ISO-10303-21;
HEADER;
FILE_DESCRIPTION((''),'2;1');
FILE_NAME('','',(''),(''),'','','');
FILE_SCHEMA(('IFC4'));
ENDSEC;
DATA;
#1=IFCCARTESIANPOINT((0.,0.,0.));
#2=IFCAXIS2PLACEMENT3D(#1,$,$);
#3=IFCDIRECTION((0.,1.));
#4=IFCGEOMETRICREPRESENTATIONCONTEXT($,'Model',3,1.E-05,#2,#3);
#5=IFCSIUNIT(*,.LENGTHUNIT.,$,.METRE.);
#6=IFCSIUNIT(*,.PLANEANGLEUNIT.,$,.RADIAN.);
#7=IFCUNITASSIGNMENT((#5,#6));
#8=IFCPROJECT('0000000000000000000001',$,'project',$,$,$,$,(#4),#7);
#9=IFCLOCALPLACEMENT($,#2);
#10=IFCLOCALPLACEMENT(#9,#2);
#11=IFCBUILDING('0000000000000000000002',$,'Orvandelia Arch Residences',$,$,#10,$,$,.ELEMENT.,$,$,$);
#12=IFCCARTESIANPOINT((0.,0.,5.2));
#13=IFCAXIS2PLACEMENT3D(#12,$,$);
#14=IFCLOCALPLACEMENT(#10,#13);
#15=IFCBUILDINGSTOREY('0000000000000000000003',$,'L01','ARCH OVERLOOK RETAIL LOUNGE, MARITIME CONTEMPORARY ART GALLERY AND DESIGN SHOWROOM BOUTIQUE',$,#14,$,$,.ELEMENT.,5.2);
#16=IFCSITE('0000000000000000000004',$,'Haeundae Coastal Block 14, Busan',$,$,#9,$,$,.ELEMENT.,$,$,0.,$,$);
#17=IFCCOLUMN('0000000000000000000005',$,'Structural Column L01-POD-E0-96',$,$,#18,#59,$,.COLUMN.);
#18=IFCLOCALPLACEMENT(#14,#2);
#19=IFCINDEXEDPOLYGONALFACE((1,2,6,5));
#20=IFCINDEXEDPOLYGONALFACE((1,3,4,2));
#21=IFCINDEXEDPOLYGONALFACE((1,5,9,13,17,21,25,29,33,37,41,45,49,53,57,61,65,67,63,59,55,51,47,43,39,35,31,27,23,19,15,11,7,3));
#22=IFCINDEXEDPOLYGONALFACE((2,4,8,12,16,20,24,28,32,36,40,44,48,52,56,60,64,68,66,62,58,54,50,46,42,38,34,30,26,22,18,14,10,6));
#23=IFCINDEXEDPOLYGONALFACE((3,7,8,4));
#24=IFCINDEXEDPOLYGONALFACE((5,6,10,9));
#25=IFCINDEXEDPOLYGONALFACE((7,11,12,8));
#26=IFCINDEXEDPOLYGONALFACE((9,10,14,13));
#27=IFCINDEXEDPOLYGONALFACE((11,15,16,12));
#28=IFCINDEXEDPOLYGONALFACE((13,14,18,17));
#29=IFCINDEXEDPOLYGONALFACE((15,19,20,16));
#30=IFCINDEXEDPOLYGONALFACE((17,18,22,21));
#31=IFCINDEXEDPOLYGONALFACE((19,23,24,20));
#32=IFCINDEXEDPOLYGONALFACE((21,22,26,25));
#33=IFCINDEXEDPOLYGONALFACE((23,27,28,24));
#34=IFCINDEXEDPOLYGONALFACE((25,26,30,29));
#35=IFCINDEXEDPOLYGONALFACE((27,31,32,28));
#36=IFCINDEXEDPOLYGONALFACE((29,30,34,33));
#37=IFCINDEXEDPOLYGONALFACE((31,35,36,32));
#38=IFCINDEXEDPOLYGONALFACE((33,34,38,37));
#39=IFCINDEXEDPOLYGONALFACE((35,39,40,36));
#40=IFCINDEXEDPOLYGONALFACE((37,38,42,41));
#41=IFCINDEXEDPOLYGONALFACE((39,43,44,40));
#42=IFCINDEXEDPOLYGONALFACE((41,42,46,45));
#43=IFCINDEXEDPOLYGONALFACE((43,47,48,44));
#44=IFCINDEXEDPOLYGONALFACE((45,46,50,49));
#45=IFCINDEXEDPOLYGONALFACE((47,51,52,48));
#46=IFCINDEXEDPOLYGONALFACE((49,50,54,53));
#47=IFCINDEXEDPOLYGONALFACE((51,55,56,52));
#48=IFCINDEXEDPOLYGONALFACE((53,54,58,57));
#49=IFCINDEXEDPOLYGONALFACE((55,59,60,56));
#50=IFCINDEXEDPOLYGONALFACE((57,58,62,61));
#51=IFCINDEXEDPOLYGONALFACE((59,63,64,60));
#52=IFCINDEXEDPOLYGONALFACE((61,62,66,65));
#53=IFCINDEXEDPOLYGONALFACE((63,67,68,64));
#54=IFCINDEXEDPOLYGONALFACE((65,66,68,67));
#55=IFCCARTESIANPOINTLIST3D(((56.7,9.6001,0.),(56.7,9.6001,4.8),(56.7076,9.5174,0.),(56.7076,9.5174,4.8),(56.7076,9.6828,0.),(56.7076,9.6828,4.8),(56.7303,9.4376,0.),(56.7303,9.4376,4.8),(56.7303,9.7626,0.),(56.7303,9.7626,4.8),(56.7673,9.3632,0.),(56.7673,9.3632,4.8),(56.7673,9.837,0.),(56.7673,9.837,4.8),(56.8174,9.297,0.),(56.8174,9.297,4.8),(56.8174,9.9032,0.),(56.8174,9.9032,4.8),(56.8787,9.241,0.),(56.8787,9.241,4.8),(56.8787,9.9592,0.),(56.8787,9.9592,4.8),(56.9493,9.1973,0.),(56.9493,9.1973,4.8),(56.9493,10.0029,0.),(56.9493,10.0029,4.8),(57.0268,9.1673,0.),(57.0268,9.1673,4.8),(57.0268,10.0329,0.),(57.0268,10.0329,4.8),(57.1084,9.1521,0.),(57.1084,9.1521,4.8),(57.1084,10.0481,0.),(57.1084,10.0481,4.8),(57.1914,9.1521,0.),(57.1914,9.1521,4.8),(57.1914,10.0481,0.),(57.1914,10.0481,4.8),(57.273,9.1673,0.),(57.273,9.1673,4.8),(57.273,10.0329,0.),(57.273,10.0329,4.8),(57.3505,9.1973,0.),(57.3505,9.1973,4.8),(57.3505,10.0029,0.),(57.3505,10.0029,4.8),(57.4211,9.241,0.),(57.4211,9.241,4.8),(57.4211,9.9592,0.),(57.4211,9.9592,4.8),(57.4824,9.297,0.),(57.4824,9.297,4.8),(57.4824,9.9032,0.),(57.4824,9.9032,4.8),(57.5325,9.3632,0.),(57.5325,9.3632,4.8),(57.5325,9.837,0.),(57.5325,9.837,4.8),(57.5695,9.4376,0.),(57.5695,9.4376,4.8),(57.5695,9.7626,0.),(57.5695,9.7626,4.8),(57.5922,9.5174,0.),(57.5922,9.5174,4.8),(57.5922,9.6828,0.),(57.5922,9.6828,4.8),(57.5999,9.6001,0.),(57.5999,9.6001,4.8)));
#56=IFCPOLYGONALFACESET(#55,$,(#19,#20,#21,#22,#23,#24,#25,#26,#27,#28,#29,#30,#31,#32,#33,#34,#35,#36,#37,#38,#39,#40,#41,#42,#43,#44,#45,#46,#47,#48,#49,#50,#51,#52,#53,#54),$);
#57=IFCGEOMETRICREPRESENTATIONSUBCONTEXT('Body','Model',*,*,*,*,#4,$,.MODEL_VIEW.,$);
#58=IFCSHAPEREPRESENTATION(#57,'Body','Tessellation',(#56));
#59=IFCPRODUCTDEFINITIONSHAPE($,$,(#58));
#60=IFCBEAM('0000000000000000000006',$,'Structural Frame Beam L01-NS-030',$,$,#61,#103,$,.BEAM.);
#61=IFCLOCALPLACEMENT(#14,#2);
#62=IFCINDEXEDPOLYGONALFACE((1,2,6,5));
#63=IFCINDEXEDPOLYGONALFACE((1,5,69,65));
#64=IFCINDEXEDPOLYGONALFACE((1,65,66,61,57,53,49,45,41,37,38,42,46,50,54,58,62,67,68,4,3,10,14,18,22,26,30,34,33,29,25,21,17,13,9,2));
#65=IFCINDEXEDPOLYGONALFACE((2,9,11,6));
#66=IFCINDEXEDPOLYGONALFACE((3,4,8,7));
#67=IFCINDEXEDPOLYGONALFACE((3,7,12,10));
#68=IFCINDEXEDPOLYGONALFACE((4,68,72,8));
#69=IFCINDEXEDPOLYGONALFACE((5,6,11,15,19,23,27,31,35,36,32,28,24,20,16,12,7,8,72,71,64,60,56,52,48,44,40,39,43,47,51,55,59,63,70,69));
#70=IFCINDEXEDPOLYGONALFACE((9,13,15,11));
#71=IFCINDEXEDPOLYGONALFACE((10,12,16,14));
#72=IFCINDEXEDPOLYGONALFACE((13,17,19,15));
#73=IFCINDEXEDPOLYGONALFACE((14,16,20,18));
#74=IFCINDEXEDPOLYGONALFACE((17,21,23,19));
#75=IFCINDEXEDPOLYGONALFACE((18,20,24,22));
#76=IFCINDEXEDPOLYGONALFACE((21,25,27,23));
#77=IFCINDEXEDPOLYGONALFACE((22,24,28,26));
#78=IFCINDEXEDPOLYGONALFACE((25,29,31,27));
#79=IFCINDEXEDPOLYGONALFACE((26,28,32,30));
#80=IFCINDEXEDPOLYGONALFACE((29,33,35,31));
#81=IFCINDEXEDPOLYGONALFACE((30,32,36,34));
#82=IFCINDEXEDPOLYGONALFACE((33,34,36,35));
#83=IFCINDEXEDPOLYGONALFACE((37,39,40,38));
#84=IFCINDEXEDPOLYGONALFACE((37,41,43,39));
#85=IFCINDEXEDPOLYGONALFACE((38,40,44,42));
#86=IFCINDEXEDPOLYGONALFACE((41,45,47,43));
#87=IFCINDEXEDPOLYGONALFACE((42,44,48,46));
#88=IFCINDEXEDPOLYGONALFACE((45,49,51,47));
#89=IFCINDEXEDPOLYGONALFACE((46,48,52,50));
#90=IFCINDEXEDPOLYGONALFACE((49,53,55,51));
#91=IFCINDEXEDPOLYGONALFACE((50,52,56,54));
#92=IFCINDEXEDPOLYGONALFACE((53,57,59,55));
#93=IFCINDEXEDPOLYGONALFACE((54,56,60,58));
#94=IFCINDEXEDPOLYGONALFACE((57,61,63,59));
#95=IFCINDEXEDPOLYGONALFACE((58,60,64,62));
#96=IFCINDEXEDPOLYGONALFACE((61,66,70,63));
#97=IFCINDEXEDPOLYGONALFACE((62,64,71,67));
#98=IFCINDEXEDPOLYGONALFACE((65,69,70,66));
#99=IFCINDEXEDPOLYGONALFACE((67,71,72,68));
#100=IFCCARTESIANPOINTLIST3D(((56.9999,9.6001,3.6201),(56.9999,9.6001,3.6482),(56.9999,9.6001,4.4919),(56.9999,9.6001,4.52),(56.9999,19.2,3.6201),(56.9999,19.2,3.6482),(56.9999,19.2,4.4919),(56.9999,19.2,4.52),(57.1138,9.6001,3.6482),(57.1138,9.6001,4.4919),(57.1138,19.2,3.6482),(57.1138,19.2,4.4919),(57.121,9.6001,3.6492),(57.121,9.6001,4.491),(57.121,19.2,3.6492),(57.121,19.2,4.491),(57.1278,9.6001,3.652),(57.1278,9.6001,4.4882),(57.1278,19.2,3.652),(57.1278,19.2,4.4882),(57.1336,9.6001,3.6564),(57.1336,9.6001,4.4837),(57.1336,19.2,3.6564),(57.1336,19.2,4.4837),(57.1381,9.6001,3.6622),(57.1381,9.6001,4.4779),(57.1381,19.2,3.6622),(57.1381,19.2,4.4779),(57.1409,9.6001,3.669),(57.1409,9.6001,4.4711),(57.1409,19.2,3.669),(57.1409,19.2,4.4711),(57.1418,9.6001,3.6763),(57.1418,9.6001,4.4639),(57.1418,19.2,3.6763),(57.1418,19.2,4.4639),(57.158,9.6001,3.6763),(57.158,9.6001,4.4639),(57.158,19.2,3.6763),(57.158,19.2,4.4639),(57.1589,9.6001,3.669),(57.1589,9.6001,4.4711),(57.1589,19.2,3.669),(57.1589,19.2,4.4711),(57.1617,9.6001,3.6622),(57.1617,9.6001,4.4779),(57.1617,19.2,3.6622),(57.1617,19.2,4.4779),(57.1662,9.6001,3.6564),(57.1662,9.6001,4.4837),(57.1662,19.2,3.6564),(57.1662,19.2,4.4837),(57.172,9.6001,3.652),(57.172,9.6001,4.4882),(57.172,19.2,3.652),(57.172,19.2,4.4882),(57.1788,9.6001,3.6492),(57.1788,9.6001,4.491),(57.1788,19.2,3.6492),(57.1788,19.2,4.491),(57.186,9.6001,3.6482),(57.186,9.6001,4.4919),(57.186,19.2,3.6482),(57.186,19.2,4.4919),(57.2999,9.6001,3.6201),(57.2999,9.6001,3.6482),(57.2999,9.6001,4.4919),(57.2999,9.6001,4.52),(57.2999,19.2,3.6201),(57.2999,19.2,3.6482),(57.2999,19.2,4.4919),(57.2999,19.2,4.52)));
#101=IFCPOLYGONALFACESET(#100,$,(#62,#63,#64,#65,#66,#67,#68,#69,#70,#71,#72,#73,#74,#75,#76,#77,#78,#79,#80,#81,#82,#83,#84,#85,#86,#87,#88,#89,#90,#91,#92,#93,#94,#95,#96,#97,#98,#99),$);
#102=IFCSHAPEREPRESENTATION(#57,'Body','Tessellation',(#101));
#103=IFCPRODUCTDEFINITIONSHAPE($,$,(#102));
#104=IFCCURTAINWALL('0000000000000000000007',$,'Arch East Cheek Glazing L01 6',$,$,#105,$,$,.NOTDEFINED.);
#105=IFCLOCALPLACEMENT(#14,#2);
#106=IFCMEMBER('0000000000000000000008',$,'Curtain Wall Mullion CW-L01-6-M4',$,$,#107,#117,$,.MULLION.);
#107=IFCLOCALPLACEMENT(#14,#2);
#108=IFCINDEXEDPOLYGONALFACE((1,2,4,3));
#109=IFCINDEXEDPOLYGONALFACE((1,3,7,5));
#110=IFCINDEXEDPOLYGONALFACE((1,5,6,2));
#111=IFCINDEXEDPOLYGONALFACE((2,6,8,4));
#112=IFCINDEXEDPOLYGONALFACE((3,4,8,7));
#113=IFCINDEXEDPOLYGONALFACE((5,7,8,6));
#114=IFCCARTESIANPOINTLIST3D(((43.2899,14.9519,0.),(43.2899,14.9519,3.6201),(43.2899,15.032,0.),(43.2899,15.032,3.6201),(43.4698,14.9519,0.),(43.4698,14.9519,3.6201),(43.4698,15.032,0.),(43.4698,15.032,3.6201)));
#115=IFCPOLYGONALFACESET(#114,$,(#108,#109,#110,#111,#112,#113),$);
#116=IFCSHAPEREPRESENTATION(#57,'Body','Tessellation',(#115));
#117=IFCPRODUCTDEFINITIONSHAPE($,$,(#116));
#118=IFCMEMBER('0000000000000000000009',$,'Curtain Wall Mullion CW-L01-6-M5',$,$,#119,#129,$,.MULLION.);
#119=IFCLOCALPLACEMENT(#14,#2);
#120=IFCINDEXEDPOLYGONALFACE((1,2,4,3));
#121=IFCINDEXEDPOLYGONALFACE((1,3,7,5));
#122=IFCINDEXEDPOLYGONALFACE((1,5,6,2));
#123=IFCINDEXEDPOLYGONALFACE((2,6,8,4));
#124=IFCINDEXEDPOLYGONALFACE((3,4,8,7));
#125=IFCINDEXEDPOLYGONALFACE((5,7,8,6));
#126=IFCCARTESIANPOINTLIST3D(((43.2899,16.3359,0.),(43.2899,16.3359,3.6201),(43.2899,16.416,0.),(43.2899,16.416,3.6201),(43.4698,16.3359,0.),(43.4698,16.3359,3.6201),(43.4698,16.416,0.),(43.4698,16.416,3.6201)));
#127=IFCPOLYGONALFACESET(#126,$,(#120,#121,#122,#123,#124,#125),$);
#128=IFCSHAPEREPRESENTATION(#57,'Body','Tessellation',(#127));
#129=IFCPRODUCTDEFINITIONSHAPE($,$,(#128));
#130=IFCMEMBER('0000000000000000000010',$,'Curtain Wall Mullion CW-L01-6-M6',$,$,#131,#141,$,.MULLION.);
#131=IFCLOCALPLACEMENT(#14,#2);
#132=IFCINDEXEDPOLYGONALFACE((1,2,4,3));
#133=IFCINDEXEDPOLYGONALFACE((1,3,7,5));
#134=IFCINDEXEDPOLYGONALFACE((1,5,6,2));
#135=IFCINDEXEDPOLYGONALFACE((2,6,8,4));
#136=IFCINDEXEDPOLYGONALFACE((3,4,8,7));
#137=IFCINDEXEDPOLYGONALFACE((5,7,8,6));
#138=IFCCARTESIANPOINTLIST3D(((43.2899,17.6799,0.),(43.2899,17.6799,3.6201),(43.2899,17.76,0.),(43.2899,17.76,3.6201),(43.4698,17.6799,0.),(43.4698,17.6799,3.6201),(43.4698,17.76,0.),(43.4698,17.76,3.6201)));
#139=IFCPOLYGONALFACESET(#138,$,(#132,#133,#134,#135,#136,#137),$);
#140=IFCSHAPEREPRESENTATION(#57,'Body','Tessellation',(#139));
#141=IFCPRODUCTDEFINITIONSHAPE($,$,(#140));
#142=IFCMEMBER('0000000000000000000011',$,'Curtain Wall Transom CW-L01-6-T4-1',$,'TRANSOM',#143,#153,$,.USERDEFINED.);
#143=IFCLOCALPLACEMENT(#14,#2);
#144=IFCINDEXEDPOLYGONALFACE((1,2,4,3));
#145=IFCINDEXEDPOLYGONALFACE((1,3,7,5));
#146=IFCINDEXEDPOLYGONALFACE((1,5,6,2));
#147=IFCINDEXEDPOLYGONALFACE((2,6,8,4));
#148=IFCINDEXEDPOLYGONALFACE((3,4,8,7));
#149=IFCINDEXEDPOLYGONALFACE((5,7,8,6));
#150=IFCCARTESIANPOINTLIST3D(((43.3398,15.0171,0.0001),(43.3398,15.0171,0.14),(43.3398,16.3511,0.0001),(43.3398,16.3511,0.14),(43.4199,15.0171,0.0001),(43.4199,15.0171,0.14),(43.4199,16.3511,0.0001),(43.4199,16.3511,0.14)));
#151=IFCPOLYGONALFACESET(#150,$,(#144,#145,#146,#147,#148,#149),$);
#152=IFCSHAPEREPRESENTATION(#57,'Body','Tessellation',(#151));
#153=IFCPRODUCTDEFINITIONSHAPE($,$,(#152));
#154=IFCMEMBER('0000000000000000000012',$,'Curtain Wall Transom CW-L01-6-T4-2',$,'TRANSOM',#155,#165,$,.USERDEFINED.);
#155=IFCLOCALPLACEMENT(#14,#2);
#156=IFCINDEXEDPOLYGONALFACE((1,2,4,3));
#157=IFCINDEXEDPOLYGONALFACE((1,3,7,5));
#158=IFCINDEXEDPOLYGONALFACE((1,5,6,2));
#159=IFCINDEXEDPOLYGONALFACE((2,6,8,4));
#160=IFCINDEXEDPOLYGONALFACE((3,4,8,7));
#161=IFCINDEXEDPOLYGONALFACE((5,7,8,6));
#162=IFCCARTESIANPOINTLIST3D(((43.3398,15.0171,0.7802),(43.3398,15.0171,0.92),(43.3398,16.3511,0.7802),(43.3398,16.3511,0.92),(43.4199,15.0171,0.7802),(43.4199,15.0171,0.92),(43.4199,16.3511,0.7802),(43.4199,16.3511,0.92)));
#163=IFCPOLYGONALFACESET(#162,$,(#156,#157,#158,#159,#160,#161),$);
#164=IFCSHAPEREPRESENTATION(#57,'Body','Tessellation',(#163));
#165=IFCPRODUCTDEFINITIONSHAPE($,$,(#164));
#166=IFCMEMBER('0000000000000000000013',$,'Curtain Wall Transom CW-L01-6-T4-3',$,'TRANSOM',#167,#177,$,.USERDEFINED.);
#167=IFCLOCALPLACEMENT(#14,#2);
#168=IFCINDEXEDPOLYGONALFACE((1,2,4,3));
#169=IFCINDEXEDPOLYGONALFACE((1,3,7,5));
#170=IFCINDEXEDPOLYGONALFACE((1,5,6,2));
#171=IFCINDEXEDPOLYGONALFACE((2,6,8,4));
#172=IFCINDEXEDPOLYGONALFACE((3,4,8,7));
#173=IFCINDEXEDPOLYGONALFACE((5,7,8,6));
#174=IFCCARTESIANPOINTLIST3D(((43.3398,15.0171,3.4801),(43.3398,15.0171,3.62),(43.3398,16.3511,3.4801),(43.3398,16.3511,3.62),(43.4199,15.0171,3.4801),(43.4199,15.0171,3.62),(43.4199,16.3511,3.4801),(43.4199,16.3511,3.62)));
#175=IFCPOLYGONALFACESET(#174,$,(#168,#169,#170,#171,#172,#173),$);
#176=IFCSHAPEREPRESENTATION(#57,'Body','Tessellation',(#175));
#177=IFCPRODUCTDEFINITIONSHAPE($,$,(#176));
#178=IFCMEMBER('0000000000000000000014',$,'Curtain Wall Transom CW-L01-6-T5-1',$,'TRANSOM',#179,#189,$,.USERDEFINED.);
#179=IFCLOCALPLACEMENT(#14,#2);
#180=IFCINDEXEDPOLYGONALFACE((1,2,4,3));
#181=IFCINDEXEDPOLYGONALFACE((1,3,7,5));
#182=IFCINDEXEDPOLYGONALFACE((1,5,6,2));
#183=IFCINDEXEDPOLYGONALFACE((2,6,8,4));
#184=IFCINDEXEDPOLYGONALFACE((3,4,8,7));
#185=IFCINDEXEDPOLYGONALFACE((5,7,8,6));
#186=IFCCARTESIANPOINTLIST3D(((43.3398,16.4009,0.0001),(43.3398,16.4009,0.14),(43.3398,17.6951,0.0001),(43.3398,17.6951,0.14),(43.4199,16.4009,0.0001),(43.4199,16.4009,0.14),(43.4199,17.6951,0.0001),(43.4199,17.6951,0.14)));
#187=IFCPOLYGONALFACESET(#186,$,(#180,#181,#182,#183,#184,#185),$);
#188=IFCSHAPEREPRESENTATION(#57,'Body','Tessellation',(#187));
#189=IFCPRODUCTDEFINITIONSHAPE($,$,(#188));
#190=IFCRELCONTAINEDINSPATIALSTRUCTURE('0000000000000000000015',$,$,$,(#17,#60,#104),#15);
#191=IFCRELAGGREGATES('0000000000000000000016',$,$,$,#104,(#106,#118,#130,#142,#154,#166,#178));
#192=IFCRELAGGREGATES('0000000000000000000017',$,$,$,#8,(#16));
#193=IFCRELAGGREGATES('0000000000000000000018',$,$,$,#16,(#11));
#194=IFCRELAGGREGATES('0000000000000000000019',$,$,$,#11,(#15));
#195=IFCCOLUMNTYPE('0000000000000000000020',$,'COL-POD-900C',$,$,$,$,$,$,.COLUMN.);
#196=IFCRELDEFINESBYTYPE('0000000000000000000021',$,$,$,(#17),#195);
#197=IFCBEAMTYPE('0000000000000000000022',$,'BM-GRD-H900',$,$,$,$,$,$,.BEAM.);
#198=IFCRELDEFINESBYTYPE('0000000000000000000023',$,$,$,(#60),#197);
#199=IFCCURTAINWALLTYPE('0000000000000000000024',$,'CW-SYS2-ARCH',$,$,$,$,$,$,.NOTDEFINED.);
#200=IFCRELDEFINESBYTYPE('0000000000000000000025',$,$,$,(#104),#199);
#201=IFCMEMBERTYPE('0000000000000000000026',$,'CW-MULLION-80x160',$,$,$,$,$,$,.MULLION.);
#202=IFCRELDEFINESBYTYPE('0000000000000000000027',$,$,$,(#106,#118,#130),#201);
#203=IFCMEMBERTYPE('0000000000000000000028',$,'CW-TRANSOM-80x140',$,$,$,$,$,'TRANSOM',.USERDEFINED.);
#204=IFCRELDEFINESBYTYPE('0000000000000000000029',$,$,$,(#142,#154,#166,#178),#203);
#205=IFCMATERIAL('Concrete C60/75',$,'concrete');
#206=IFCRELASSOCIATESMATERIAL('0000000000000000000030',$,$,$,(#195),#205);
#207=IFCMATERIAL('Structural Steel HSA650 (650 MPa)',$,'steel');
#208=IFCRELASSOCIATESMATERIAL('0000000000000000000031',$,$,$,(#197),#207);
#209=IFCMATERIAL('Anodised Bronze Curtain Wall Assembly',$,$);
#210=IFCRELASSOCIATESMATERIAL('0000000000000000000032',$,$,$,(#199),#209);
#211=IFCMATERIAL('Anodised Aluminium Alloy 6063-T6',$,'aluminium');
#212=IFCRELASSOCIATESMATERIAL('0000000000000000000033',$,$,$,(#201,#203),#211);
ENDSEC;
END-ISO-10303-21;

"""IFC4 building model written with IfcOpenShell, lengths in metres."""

from ifc_helpers import new_model, si_unit, direction, frame, origin, origin_2d, place, context, subcontext, project, spatial, rectangle, circle, i_section, extrude, material, material_profile, profile_set, type_object, element, aggregate, save


model = new_model("IFC4")

# Units and contexts
model_context = context("Model", 3, precision=1e-05, world=origin(), true_north=direction((0.0, 1.0)))
body_context = subcontext(model_context, "Body", "Model", "MODEL_VIEW")
ifc_project = project(units=[si_unit("LENGTHUNIT", "METRE"), si_unit("PLANEANGLEUNIT", "RADIAN")], contexts=[model_context])

# Site, building, storey
site_placement = place(None, origin())
site = spatial("IfcSite", under=ifc_project, at=site_placement, Name="Haeundae Coastal Block 14, Busan", CompositionType="ELEMENT", RefElevation=0.0)
building_placement = place(site_placement, origin())
building = spatial("IfcBuilding", under=site, at=building_placement, Name="Orvandelia Arch Residences", CompositionType="ELEMENT")
storey_placement = place(building_placement, frame((0.0, 0.0, 5.2)))
storey = spatial("IfcBuildingStorey", under=building, at=storey_placement, Name="L01", Description="ARCH OVERLOOK RETAIL LOUNGE, MARITIME CONTEMPORARY ART GALLERY AND DESIGN SHOWROOM BOUTIQUE", CompositionType="ELEMENT", Elevation=5.2)

# Column
ifc_material_1 = material(Name="Concrete C60/75", Category="concrete")
ifc_material_profile_1 = material_profile(ifc_material_1, circle(Radius=0.45, at=origin_2d()), Name="Concrete C60/75", Category="concrete")
ifc_profile_set_1 = profile_set([ifc_material_profile_1], Name="Concrete C60/75")
column_type = type_object("IfcColumnType", Name="COL-POD-900C", PredefinedType="COLUMN", material=ifc_profile_set_1)
column_placement = place(storey_placement, frame((57.1499, 9.6001, 0.0), z_axis=(0.0, 0.0, 1.0), x_axis=(1.0, 0.0, 0.0)))
element("IfcColumn", 1, at=column_placement, inside=storey, type_object=column_type, Name="Structural Column L01-POD-E0-96", PredefinedType="COLUMN", context=body_context, shape_type="SweptSolid", body=[
    extrude(circle(Radius=0.45, at=origin_2d()), origin(), (0.0, 0.0, 1.0), 4.8),
])

# Beam
ifc_material_2 = material(Name="Structural Steel HSA650 (650 MPa)", Category="steel")
ifc_material_profile_2 = material_profile(ifc_material_2, i_section(OverallWidth=0.3, OverallDepth=0.8999, WebThickness=0.0161, FlangeThickness=0.0281, FilletRadius=0.0281, at=origin_2d()), Name="Structural Steel HSA650 (650 MPa)", Category="steel")
ifc_profile_set_2 = profile_set([ifc_material_profile_2], Name="Structural Steel HSA650 (650 MPa)")
beam_type = type_object("IfcBeamType", Name="BM-GRD-H900", PredefinedType="BEAM", material=ifc_profile_set_2)
beam_placement = place(storey_placement, frame((57.1499, 9.6001, 4.0701), z_axis=(0.0, 1.0, 0.0), x_axis=(-1.0, 0.0, 0.0)))
element("IfcBeam", 2, at=beam_placement, inside=storey, type_object=beam_type, Name="Structural Frame Beam L01-NS-030", PredefinedType="BEAM", context=body_context, shape_type="SweptSolid", body=[
    extrude(i_section(OverallWidth=0.3, OverallDepth=0.8999, WebThickness=0.0161, FlangeThickness=0.0281, FilletRadius=0.0281, at=origin_2d()), origin(), (0.0, 0.0, 1.0), 9.5999),
])

# Curtain wall, members
ifc_material_3 = material(Name="Anodised Bronze Curtain Wall Assembly")
curtain_wall_type = type_object("IfcCurtainWallType", Name="CW-SYS2-ARCH", PredefinedType="NOTDEFINED", material=ifc_material_3)
curtain_wall_placement = place(storey_placement, origin())
curtain_wall = element("IfcCurtainWall", 3, at=curtain_wall_placement, inside=storey, type_object=curtain_wall_type, Name="Arch East Cheek Glazing L01 6", PredefinedType="NOTDEFINED")
ifc_material_4 = material(Name="Anodised Aluminium Alloy 6063-T6", Category="aluminium")
ifc_material_profile_3 = material_profile(ifc_material_4, rectangle(XDim=0.0801, YDim=0.1799, at=origin_2d()), Name="Anodised Aluminium Alloy 6063-T6", Category="aluminium")
ifc_profile_set_3 = profile_set([ifc_material_profile_3], Name="Anodised Aluminium Alloy 6063-T6")
member_type_1 = type_object("IfcMemberType", Name="CW-MULLION-80x160", PredefinedType="MULLION", material=ifc_profile_set_3)
member_1_placement = place(storey_placement, frame((43.3799, 14.9919, 0.0), z_axis=(0.0, 0.0, 1.0), x_axis=(0.0, 1.0, 0.0)))
member_1 = element("IfcMember", 4, at=member_1_placement, type_object=member_type_1, Name="Curtain Wall Mullion CW-L01-6-M4", PredefinedType="MULLION", context=body_context, shape_type="SweptSolid", body=[
    extrude(rectangle(XDim=0.0801, YDim=0.1799, at=origin_2d()), origin(), (0.0, 0.0, 1.0), 3.6201),
])
member_2_placement = place(storey_placement, frame((43.3799, 16.376, 0.0), z_axis=(0.0, 0.0, 1.0), x_axis=(0.0, 1.0, 0.0)))
member_2 = element("IfcMember", 5, at=member_2_placement, type_object=member_type_1, Name="Curtain Wall Mullion CW-L01-6-M5", PredefinedType="MULLION", context=body_context, shape_type="SweptSolid", body=[
    extrude(rectangle(XDim=0.0801, YDim=0.1799, at=origin_2d()), origin(), (0.0, 0.0, 1.0), 3.6201),
])
member_3_placement = place(storey_placement, frame((43.3799, 17.72, 0.0), z_axis=(0.0, 0.0, 1.0), x_axis=(0.0, 1.0, 0.0)))
member_3 = element("IfcMember", 6, at=member_3_placement, type_object=member_type_1, Name="Curtain Wall Mullion CW-L01-6-M6", PredefinedType="MULLION", context=body_context, shape_type="SweptSolid", body=[
    extrude(rectangle(XDim=0.0801, YDim=0.1799, at=origin_2d()), origin(), (0.0, 0.0, 1.0), 3.6201),
])
ifc_material_profile_4 = material_profile(ifc_material_4, rectangle(XDim=0.0801, YDim=0.1399, at=origin_2d()), Name="Anodised Aluminium Alloy 6063-T6", Category="aluminium")
ifc_profile_set_4 = profile_set([ifc_material_profile_4], Name="Anodised Aluminium Alloy 6063-T6")
member_type_2 = type_object("IfcMemberType", Name="CW-TRANSOM-80x140", ElementType="TRANSOM", PredefinedType="USERDEFINED", material=ifc_profile_set_4)
member_4_placement = place(storey_placement, frame((43.3799, 15.0171, 0.0701), z_axis=(0.0, 1.0, 0.0), x_axis=(-1.0, 0.0, 0.0)))
member_4 = element("IfcMember", 7, at=member_4_placement, type_object=member_type_2, Name="Curtain Wall Transom CW-L01-6-T4-1", ObjectType="TRANSOM", PredefinedType="USERDEFINED", context=body_context, shape_type="SweptSolid", body=[
    extrude(rectangle(XDim=0.0801, YDim=0.1399, at=origin_2d()), origin(), (0.0, 0.0, 1.0), 1.334),
])
member_5_placement = place(storey_placement, frame((43.3799, 15.0171, 0.8501), z_axis=(0.0, 1.0, 0.0), x_axis=(-1.0, 0.0, 0.0)))
member_5 = element("IfcMember", 8, at=member_5_placement, type_object=member_type_2, Name="Curtain Wall Transom CW-L01-6-T4-2", ObjectType="TRANSOM", PredefinedType="USERDEFINED", context=body_context, shape_type="SweptSolid", body=[
    extrude(rectangle(XDim=0.0801, YDim=0.1399, at=origin_2d()), origin(), (0.0, 0.0, 1.0), 1.334),
])
member_6_placement = place(storey_placement, frame((43.3799, 15.0171, 3.55), z_axis=(0.0, 1.0, 0.0), x_axis=(-1.0, 0.0, 0.0)))
member_6 = element("IfcMember", 9, at=member_6_placement, type_object=member_type_2, Name="Curtain Wall Transom CW-L01-6-T4-3", ObjectType="TRANSOM", PredefinedType="USERDEFINED", context=body_context, shape_type="SweptSolid", body=[
    extrude(rectangle(XDim=0.0801, YDim=0.1399, at=origin_2d()), origin(), (0.0, 0.0, 1.0), 1.334),
])
member_7_placement = place(storey_placement, frame((43.3799, 16.4009, 0.0701), z_axis=(0.0, 1.0, 0.0), x_axis=(-1.0, 0.0, 0.0)))
member_7 = element("IfcMember", 10, at=member_7_placement, type_object=member_type_2, Name="Curtain Wall Transom CW-L01-6-T5-1", ObjectType="TRANSOM", PredefinedType="USERDEFINED", context=body_context, shape_type="SweptSolid", body=[
    extrude(rectangle(XDim=0.0801, YDim=0.1399, at=origin_2d()), origin(), (0.0, 0.0, 1.0), 1.2942),
])
aggregate(curtain_wall, [member_1, member_2, member_3, member_4, member_5, member_6, member_7])

save(model, "model.ifc")
